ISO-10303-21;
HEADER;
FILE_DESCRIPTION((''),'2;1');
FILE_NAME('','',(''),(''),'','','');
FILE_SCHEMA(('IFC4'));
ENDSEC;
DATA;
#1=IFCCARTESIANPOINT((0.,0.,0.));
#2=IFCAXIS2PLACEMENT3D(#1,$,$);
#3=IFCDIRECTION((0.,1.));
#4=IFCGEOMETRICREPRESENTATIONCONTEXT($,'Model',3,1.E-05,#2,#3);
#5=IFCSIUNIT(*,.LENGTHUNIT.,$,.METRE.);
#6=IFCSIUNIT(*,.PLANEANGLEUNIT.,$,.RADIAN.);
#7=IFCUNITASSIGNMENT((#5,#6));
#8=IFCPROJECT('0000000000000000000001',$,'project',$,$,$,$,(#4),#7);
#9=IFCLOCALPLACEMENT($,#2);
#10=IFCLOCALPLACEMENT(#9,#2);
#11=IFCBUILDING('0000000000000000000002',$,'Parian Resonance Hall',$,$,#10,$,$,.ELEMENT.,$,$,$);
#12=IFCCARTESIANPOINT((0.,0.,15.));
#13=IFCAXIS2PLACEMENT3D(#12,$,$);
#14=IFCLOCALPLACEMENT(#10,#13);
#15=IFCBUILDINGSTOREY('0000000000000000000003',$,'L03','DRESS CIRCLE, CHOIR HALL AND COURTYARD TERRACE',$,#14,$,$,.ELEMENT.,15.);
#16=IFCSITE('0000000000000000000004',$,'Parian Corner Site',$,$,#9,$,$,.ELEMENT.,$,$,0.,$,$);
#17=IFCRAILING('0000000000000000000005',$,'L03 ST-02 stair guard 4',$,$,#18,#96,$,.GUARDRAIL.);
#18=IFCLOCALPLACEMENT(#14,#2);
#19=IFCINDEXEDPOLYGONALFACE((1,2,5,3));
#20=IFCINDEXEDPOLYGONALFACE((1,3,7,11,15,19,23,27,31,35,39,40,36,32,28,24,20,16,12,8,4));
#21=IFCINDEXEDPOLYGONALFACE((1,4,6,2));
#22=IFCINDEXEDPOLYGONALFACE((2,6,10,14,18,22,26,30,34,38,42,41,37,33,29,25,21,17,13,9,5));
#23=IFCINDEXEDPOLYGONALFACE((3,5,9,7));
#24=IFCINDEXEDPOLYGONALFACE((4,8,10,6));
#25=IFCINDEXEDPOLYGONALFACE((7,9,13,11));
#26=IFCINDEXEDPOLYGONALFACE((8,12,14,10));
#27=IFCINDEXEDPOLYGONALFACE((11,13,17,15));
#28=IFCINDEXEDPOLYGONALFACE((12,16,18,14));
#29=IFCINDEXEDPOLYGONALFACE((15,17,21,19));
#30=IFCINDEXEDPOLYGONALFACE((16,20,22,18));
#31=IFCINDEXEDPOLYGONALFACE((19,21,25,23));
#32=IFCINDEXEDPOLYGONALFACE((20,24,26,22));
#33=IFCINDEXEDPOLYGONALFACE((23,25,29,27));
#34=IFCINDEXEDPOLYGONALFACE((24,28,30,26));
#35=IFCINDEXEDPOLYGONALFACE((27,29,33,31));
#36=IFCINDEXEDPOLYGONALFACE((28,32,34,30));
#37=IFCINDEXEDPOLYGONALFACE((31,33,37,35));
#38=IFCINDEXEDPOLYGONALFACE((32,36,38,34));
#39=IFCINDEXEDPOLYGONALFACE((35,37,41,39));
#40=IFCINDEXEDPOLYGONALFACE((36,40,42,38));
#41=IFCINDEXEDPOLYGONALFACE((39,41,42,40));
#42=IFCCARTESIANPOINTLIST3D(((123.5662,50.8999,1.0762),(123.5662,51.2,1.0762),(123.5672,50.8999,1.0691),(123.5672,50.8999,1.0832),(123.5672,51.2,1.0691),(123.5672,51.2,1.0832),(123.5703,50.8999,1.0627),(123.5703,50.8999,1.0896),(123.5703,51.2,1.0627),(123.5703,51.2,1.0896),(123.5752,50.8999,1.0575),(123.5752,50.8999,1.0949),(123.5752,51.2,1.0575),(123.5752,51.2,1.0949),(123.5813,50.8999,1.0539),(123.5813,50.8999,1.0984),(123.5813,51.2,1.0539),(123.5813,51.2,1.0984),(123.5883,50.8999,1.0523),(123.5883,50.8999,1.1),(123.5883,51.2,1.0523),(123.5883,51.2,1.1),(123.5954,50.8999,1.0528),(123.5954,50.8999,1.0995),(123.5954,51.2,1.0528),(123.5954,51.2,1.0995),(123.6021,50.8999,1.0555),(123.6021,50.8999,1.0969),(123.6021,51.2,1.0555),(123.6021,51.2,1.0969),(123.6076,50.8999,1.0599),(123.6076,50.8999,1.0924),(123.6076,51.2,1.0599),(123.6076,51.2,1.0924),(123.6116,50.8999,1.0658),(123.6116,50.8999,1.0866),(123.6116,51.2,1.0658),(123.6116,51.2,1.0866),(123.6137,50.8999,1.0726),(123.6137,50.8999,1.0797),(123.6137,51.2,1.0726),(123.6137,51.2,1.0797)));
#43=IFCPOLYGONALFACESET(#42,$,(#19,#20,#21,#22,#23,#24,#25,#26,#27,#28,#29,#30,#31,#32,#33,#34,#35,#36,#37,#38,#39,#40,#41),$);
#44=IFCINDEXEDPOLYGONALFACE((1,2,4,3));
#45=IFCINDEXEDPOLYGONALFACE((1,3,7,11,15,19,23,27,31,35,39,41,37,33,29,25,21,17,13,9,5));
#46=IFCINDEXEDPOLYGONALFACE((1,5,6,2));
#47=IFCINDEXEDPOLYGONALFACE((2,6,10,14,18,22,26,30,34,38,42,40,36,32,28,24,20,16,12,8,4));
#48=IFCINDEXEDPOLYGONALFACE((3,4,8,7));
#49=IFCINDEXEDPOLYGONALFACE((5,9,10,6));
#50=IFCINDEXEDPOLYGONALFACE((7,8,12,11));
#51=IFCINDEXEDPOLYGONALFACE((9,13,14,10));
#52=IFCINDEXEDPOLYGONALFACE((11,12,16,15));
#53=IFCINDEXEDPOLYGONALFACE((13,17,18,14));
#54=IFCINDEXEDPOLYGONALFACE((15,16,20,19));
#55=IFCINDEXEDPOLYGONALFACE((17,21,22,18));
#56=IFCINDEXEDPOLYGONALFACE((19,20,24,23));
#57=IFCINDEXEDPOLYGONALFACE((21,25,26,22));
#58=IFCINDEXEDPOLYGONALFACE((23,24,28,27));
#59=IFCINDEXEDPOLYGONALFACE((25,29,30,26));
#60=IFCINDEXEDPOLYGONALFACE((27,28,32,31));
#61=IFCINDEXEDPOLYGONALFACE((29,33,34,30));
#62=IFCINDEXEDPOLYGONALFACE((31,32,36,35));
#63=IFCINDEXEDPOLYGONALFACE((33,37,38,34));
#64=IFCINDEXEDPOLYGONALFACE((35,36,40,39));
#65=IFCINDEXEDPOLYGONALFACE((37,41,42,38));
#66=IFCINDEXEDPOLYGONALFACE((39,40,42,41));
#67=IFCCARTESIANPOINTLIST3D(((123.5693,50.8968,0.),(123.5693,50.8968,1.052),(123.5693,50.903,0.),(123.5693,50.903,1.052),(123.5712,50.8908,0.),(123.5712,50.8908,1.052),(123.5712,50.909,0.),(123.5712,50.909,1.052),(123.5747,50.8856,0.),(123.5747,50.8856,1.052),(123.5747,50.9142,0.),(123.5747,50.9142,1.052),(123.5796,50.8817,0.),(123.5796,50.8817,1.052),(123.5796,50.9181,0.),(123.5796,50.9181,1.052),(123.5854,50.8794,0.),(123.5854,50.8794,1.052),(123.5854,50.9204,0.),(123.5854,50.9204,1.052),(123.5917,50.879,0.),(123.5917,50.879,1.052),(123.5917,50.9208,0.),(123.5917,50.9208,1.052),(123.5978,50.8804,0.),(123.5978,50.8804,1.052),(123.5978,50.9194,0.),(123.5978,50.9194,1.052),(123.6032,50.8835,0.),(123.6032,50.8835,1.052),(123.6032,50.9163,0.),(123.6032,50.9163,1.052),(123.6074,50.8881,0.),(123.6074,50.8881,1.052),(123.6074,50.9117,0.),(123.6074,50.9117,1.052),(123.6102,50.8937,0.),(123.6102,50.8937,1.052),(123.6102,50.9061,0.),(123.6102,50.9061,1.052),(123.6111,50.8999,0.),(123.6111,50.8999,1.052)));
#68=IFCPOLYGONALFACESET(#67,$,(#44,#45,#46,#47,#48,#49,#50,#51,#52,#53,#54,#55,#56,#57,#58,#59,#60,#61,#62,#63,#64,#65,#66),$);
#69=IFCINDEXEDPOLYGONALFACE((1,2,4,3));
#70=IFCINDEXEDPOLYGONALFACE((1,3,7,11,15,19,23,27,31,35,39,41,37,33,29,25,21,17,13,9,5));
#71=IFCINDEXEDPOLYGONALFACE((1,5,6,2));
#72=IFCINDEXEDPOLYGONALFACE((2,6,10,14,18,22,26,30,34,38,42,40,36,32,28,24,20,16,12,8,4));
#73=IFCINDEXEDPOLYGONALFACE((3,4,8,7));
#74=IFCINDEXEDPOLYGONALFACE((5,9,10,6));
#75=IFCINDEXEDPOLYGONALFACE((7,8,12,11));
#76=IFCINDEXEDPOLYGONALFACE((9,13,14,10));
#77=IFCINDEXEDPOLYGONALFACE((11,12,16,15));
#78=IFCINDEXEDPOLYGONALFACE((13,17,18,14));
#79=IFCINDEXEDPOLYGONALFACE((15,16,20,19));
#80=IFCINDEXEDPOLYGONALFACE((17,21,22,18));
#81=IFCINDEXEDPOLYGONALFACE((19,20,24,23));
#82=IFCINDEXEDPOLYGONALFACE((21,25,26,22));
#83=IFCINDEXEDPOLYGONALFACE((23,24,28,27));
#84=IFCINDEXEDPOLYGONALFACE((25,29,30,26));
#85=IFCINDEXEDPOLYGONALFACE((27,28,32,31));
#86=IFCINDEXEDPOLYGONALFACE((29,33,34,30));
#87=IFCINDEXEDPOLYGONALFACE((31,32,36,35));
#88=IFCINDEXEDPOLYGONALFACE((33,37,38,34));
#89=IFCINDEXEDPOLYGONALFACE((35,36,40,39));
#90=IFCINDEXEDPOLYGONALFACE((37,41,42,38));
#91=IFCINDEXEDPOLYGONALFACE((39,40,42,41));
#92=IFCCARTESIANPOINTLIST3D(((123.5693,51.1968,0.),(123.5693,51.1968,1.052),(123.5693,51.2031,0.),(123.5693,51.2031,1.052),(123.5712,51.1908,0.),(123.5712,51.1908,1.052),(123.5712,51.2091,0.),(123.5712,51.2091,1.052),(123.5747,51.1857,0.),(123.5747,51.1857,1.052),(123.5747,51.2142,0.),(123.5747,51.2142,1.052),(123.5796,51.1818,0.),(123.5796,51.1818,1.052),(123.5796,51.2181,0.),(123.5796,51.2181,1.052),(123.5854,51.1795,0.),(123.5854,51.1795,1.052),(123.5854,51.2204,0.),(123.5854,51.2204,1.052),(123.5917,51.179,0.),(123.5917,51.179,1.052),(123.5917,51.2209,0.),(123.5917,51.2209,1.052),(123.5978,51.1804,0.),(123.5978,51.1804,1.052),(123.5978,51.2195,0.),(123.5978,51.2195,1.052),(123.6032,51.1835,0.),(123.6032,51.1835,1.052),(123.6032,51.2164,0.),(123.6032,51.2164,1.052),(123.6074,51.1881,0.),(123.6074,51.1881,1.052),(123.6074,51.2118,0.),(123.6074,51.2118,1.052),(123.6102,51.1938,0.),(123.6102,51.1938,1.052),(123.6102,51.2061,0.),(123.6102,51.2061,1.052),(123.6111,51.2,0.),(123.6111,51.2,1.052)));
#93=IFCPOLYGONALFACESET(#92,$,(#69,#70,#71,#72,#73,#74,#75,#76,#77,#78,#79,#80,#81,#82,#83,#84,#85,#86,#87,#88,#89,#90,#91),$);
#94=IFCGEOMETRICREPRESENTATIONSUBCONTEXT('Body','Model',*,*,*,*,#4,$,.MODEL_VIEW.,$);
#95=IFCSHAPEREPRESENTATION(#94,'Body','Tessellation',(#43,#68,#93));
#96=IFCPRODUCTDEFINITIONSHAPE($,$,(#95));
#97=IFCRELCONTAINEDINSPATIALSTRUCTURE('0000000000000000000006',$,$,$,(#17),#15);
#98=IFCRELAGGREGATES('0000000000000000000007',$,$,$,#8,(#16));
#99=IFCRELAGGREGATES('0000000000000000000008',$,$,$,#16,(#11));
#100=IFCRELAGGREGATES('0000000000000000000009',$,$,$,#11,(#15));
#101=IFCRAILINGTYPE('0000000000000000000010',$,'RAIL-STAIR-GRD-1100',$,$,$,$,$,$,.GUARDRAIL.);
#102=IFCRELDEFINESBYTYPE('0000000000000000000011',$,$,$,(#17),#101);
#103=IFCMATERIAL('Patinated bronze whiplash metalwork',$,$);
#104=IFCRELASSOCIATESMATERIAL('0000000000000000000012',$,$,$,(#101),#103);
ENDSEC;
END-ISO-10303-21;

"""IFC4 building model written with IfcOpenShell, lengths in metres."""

from ifc_helpers import new_model, si_unit, direction, frame, origin, origin_2d, place, context, subcontext, project, spatial, circle, extrude, material, type_object, element, save


model = new_model("IFC4")

# Units and contexts
model_context = context("Model", 3, precision=1e-05, world=origin(), true_north=direction((0.0, 1.0)))
body_context = subcontext(model_context, "Body", "Model", "MODEL_VIEW")
ifc_project = project(units=[si_unit("LENGTHUNIT", "METRE"), si_unit("PLANEANGLEUNIT", "RADIAN")], contexts=[model_context])

# Site, building, storey
site_placement = place(None, origin())
site = spatial("IfcSite", under=ifc_project, at=site_placement, Name="Parian Corner Site", CompositionType="ELEMENT", RefElevation=0.0)
building_placement = place(site_placement, origin())
building = spatial("IfcBuilding", under=site, at=building_placement, Name="Parian Resonance Hall", CompositionType="ELEMENT")
storey_placement = place(building_placement, frame((0.0, 0.0, 15.0)))
storey = spatial("IfcBuildingStorey", under=building, at=storey_placement, Name="L03", Description="DRESS CIRCLE, CHOIR HALL AND COURTYARD TERRACE", CompositionType="ELEMENT", Elevation=15.0)

# Railing
ifc_material_1 = material(Name="Patinated bronze whiplash metalwork")
railing_type_1 = type_object("IfcRailingType", Name="RAIL-STAIR-GRD-1100", PredefinedType="GUARDRAIL", material=ifc_material_1)
railing_1_placement = place(storey_placement, frame((123.5901, 50.8999, 0.0)))
element("IfcRailing", 1, at=railing_1_placement, inside=storey, type_object=railing_type_1, Name="L03 ST-02 stair guard 4", PredefinedType="GUARDRAIL", context=body_context, shape_type="SweptSolid", body=[
    extrude(circle(Radius=0.0239, at=origin_2d()), frame((0.0, 0.0, 1.0762), z_axis=(0.0, 1.0, 0.0), x_axis=(-1.0, 0.0, 0.0)), (0.0, 0.0, 1.0), 0.3),
    extrude(circle(Radius=0.021, at=origin_2d()), origin(), (0.0, 0.0, 1.0), 1.052),
    extrude(circle(Radius=0.021, at=origin_2d()), frame((0.0, 0.3, 0.0)), (0.0, 0.0, 1.0), 1.052),
])

save(model, "model.ifc")
